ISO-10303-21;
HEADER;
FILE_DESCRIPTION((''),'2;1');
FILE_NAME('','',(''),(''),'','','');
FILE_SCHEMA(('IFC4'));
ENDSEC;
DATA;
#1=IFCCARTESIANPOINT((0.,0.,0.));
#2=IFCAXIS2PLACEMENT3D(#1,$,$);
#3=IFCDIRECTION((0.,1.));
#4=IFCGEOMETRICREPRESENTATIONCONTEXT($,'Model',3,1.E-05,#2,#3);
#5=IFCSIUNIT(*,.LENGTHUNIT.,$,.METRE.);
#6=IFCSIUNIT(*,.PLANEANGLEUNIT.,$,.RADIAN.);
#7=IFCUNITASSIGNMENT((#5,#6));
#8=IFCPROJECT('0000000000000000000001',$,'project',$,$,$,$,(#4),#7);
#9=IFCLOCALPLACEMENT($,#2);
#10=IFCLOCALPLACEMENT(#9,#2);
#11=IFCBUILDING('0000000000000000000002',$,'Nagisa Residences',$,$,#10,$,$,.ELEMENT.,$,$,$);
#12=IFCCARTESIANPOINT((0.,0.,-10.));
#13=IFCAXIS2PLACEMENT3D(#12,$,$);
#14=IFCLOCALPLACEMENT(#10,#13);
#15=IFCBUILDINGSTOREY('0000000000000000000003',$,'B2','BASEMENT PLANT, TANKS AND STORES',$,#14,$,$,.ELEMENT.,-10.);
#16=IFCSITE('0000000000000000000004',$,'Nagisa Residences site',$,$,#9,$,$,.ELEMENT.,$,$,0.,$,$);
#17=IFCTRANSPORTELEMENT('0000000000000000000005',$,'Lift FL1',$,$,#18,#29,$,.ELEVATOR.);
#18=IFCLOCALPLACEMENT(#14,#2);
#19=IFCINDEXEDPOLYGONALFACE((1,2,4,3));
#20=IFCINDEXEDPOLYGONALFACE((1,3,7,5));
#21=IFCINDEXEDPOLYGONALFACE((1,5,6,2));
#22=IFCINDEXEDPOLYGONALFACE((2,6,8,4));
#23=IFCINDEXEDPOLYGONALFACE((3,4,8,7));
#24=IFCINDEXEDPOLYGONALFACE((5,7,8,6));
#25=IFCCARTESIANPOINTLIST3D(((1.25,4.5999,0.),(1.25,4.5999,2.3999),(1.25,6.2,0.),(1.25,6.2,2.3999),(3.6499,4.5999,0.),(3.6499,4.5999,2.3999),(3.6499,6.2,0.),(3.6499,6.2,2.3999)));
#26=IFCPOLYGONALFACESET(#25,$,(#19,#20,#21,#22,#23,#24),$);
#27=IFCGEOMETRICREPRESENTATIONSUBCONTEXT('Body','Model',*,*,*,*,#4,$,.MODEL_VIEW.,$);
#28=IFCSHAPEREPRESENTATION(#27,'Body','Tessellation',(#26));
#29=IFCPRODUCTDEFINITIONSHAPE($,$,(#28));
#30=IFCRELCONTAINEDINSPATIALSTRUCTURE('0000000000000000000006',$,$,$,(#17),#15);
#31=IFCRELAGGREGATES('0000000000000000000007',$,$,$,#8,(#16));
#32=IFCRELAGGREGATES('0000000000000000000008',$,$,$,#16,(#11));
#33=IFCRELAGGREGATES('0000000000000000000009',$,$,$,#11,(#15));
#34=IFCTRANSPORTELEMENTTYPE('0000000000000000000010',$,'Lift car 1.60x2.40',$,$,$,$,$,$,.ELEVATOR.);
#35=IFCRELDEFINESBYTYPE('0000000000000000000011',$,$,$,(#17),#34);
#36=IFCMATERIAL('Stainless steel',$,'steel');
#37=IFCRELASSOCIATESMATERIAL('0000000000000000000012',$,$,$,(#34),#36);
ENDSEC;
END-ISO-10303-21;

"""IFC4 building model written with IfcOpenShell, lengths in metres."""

from ifc_helpers import new_model, si_unit, direction, frame, origin, origin_2d, place, context, subcontext, project, spatial, rectangle, extrude, material, type_object, element, save


model = new_model("IFC4")

# Units and contexts
model_context = context("Model", 3, precision=1e-05, world=origin(), true_north=direction((0.0, 1.0)))
body_context = subcontext(model_context, "Body", "Model", "MODEL_VIEW")
ifc_project = project(units=[si_unit("LENGTHUNIT", "METRE"), si_unit("PLANEANGLEUNIT", "RADIAN")], contexts=[model_context])

# Site, building, storey
site_placement = place(None, origin())
site = spatial("IfcSite", under=ifc_project, at=site_placement, Name="Nagisa Residences site", CompositionType="ELEMENT", RefElevation=0.0)
building_placement = place(site_placement, origin())
building = spatial("IfcBuilding", under=site, at=building_placement, Name="Nagisa Residences", CompositionType="ELEMENT")
storey_placement = place(building_placement, frame((0.0, 0.0, -10.0)))
storey = spatial("IfcBuildingStorey", under=building, at=storey_placement, Name="B2", Description="BASEMENT PLANT, TANKS AND STORES", CompositionType="ELEMENT", Elevation=-10.0)

# Transport element
ifc_material_1 = material(Name="Stainless steel", Category="steel")
transport_element_type_1 = type_object("IfcTransportElementType", Name="Lift car 1.60x2.40", PredefinedType="ELEVATOR", material=ifc_material_1)
transport_element_placement = place(storey_placement, frame((2.45, 5.3999, 0.0), z_axis=(0.0, 0.0, 1.0), x_axis=(1.0, 0.0, 0.0)))
element("IfcTransportElement", 1, at=transport_element_placement, inside=storey, type_object=transport_element_type_1, Name="Lift FL1", PredefinedType="ELEVATOR", context=body_context, shape_type="SweptSolid", body=[
    extrude(rectangle(XDim=2.3999, YDim=1.6001, at=origin_2d()), origin(), (0.0, 0.0, 1.0), 2.3999),
])

save(model, "model.ifc")
